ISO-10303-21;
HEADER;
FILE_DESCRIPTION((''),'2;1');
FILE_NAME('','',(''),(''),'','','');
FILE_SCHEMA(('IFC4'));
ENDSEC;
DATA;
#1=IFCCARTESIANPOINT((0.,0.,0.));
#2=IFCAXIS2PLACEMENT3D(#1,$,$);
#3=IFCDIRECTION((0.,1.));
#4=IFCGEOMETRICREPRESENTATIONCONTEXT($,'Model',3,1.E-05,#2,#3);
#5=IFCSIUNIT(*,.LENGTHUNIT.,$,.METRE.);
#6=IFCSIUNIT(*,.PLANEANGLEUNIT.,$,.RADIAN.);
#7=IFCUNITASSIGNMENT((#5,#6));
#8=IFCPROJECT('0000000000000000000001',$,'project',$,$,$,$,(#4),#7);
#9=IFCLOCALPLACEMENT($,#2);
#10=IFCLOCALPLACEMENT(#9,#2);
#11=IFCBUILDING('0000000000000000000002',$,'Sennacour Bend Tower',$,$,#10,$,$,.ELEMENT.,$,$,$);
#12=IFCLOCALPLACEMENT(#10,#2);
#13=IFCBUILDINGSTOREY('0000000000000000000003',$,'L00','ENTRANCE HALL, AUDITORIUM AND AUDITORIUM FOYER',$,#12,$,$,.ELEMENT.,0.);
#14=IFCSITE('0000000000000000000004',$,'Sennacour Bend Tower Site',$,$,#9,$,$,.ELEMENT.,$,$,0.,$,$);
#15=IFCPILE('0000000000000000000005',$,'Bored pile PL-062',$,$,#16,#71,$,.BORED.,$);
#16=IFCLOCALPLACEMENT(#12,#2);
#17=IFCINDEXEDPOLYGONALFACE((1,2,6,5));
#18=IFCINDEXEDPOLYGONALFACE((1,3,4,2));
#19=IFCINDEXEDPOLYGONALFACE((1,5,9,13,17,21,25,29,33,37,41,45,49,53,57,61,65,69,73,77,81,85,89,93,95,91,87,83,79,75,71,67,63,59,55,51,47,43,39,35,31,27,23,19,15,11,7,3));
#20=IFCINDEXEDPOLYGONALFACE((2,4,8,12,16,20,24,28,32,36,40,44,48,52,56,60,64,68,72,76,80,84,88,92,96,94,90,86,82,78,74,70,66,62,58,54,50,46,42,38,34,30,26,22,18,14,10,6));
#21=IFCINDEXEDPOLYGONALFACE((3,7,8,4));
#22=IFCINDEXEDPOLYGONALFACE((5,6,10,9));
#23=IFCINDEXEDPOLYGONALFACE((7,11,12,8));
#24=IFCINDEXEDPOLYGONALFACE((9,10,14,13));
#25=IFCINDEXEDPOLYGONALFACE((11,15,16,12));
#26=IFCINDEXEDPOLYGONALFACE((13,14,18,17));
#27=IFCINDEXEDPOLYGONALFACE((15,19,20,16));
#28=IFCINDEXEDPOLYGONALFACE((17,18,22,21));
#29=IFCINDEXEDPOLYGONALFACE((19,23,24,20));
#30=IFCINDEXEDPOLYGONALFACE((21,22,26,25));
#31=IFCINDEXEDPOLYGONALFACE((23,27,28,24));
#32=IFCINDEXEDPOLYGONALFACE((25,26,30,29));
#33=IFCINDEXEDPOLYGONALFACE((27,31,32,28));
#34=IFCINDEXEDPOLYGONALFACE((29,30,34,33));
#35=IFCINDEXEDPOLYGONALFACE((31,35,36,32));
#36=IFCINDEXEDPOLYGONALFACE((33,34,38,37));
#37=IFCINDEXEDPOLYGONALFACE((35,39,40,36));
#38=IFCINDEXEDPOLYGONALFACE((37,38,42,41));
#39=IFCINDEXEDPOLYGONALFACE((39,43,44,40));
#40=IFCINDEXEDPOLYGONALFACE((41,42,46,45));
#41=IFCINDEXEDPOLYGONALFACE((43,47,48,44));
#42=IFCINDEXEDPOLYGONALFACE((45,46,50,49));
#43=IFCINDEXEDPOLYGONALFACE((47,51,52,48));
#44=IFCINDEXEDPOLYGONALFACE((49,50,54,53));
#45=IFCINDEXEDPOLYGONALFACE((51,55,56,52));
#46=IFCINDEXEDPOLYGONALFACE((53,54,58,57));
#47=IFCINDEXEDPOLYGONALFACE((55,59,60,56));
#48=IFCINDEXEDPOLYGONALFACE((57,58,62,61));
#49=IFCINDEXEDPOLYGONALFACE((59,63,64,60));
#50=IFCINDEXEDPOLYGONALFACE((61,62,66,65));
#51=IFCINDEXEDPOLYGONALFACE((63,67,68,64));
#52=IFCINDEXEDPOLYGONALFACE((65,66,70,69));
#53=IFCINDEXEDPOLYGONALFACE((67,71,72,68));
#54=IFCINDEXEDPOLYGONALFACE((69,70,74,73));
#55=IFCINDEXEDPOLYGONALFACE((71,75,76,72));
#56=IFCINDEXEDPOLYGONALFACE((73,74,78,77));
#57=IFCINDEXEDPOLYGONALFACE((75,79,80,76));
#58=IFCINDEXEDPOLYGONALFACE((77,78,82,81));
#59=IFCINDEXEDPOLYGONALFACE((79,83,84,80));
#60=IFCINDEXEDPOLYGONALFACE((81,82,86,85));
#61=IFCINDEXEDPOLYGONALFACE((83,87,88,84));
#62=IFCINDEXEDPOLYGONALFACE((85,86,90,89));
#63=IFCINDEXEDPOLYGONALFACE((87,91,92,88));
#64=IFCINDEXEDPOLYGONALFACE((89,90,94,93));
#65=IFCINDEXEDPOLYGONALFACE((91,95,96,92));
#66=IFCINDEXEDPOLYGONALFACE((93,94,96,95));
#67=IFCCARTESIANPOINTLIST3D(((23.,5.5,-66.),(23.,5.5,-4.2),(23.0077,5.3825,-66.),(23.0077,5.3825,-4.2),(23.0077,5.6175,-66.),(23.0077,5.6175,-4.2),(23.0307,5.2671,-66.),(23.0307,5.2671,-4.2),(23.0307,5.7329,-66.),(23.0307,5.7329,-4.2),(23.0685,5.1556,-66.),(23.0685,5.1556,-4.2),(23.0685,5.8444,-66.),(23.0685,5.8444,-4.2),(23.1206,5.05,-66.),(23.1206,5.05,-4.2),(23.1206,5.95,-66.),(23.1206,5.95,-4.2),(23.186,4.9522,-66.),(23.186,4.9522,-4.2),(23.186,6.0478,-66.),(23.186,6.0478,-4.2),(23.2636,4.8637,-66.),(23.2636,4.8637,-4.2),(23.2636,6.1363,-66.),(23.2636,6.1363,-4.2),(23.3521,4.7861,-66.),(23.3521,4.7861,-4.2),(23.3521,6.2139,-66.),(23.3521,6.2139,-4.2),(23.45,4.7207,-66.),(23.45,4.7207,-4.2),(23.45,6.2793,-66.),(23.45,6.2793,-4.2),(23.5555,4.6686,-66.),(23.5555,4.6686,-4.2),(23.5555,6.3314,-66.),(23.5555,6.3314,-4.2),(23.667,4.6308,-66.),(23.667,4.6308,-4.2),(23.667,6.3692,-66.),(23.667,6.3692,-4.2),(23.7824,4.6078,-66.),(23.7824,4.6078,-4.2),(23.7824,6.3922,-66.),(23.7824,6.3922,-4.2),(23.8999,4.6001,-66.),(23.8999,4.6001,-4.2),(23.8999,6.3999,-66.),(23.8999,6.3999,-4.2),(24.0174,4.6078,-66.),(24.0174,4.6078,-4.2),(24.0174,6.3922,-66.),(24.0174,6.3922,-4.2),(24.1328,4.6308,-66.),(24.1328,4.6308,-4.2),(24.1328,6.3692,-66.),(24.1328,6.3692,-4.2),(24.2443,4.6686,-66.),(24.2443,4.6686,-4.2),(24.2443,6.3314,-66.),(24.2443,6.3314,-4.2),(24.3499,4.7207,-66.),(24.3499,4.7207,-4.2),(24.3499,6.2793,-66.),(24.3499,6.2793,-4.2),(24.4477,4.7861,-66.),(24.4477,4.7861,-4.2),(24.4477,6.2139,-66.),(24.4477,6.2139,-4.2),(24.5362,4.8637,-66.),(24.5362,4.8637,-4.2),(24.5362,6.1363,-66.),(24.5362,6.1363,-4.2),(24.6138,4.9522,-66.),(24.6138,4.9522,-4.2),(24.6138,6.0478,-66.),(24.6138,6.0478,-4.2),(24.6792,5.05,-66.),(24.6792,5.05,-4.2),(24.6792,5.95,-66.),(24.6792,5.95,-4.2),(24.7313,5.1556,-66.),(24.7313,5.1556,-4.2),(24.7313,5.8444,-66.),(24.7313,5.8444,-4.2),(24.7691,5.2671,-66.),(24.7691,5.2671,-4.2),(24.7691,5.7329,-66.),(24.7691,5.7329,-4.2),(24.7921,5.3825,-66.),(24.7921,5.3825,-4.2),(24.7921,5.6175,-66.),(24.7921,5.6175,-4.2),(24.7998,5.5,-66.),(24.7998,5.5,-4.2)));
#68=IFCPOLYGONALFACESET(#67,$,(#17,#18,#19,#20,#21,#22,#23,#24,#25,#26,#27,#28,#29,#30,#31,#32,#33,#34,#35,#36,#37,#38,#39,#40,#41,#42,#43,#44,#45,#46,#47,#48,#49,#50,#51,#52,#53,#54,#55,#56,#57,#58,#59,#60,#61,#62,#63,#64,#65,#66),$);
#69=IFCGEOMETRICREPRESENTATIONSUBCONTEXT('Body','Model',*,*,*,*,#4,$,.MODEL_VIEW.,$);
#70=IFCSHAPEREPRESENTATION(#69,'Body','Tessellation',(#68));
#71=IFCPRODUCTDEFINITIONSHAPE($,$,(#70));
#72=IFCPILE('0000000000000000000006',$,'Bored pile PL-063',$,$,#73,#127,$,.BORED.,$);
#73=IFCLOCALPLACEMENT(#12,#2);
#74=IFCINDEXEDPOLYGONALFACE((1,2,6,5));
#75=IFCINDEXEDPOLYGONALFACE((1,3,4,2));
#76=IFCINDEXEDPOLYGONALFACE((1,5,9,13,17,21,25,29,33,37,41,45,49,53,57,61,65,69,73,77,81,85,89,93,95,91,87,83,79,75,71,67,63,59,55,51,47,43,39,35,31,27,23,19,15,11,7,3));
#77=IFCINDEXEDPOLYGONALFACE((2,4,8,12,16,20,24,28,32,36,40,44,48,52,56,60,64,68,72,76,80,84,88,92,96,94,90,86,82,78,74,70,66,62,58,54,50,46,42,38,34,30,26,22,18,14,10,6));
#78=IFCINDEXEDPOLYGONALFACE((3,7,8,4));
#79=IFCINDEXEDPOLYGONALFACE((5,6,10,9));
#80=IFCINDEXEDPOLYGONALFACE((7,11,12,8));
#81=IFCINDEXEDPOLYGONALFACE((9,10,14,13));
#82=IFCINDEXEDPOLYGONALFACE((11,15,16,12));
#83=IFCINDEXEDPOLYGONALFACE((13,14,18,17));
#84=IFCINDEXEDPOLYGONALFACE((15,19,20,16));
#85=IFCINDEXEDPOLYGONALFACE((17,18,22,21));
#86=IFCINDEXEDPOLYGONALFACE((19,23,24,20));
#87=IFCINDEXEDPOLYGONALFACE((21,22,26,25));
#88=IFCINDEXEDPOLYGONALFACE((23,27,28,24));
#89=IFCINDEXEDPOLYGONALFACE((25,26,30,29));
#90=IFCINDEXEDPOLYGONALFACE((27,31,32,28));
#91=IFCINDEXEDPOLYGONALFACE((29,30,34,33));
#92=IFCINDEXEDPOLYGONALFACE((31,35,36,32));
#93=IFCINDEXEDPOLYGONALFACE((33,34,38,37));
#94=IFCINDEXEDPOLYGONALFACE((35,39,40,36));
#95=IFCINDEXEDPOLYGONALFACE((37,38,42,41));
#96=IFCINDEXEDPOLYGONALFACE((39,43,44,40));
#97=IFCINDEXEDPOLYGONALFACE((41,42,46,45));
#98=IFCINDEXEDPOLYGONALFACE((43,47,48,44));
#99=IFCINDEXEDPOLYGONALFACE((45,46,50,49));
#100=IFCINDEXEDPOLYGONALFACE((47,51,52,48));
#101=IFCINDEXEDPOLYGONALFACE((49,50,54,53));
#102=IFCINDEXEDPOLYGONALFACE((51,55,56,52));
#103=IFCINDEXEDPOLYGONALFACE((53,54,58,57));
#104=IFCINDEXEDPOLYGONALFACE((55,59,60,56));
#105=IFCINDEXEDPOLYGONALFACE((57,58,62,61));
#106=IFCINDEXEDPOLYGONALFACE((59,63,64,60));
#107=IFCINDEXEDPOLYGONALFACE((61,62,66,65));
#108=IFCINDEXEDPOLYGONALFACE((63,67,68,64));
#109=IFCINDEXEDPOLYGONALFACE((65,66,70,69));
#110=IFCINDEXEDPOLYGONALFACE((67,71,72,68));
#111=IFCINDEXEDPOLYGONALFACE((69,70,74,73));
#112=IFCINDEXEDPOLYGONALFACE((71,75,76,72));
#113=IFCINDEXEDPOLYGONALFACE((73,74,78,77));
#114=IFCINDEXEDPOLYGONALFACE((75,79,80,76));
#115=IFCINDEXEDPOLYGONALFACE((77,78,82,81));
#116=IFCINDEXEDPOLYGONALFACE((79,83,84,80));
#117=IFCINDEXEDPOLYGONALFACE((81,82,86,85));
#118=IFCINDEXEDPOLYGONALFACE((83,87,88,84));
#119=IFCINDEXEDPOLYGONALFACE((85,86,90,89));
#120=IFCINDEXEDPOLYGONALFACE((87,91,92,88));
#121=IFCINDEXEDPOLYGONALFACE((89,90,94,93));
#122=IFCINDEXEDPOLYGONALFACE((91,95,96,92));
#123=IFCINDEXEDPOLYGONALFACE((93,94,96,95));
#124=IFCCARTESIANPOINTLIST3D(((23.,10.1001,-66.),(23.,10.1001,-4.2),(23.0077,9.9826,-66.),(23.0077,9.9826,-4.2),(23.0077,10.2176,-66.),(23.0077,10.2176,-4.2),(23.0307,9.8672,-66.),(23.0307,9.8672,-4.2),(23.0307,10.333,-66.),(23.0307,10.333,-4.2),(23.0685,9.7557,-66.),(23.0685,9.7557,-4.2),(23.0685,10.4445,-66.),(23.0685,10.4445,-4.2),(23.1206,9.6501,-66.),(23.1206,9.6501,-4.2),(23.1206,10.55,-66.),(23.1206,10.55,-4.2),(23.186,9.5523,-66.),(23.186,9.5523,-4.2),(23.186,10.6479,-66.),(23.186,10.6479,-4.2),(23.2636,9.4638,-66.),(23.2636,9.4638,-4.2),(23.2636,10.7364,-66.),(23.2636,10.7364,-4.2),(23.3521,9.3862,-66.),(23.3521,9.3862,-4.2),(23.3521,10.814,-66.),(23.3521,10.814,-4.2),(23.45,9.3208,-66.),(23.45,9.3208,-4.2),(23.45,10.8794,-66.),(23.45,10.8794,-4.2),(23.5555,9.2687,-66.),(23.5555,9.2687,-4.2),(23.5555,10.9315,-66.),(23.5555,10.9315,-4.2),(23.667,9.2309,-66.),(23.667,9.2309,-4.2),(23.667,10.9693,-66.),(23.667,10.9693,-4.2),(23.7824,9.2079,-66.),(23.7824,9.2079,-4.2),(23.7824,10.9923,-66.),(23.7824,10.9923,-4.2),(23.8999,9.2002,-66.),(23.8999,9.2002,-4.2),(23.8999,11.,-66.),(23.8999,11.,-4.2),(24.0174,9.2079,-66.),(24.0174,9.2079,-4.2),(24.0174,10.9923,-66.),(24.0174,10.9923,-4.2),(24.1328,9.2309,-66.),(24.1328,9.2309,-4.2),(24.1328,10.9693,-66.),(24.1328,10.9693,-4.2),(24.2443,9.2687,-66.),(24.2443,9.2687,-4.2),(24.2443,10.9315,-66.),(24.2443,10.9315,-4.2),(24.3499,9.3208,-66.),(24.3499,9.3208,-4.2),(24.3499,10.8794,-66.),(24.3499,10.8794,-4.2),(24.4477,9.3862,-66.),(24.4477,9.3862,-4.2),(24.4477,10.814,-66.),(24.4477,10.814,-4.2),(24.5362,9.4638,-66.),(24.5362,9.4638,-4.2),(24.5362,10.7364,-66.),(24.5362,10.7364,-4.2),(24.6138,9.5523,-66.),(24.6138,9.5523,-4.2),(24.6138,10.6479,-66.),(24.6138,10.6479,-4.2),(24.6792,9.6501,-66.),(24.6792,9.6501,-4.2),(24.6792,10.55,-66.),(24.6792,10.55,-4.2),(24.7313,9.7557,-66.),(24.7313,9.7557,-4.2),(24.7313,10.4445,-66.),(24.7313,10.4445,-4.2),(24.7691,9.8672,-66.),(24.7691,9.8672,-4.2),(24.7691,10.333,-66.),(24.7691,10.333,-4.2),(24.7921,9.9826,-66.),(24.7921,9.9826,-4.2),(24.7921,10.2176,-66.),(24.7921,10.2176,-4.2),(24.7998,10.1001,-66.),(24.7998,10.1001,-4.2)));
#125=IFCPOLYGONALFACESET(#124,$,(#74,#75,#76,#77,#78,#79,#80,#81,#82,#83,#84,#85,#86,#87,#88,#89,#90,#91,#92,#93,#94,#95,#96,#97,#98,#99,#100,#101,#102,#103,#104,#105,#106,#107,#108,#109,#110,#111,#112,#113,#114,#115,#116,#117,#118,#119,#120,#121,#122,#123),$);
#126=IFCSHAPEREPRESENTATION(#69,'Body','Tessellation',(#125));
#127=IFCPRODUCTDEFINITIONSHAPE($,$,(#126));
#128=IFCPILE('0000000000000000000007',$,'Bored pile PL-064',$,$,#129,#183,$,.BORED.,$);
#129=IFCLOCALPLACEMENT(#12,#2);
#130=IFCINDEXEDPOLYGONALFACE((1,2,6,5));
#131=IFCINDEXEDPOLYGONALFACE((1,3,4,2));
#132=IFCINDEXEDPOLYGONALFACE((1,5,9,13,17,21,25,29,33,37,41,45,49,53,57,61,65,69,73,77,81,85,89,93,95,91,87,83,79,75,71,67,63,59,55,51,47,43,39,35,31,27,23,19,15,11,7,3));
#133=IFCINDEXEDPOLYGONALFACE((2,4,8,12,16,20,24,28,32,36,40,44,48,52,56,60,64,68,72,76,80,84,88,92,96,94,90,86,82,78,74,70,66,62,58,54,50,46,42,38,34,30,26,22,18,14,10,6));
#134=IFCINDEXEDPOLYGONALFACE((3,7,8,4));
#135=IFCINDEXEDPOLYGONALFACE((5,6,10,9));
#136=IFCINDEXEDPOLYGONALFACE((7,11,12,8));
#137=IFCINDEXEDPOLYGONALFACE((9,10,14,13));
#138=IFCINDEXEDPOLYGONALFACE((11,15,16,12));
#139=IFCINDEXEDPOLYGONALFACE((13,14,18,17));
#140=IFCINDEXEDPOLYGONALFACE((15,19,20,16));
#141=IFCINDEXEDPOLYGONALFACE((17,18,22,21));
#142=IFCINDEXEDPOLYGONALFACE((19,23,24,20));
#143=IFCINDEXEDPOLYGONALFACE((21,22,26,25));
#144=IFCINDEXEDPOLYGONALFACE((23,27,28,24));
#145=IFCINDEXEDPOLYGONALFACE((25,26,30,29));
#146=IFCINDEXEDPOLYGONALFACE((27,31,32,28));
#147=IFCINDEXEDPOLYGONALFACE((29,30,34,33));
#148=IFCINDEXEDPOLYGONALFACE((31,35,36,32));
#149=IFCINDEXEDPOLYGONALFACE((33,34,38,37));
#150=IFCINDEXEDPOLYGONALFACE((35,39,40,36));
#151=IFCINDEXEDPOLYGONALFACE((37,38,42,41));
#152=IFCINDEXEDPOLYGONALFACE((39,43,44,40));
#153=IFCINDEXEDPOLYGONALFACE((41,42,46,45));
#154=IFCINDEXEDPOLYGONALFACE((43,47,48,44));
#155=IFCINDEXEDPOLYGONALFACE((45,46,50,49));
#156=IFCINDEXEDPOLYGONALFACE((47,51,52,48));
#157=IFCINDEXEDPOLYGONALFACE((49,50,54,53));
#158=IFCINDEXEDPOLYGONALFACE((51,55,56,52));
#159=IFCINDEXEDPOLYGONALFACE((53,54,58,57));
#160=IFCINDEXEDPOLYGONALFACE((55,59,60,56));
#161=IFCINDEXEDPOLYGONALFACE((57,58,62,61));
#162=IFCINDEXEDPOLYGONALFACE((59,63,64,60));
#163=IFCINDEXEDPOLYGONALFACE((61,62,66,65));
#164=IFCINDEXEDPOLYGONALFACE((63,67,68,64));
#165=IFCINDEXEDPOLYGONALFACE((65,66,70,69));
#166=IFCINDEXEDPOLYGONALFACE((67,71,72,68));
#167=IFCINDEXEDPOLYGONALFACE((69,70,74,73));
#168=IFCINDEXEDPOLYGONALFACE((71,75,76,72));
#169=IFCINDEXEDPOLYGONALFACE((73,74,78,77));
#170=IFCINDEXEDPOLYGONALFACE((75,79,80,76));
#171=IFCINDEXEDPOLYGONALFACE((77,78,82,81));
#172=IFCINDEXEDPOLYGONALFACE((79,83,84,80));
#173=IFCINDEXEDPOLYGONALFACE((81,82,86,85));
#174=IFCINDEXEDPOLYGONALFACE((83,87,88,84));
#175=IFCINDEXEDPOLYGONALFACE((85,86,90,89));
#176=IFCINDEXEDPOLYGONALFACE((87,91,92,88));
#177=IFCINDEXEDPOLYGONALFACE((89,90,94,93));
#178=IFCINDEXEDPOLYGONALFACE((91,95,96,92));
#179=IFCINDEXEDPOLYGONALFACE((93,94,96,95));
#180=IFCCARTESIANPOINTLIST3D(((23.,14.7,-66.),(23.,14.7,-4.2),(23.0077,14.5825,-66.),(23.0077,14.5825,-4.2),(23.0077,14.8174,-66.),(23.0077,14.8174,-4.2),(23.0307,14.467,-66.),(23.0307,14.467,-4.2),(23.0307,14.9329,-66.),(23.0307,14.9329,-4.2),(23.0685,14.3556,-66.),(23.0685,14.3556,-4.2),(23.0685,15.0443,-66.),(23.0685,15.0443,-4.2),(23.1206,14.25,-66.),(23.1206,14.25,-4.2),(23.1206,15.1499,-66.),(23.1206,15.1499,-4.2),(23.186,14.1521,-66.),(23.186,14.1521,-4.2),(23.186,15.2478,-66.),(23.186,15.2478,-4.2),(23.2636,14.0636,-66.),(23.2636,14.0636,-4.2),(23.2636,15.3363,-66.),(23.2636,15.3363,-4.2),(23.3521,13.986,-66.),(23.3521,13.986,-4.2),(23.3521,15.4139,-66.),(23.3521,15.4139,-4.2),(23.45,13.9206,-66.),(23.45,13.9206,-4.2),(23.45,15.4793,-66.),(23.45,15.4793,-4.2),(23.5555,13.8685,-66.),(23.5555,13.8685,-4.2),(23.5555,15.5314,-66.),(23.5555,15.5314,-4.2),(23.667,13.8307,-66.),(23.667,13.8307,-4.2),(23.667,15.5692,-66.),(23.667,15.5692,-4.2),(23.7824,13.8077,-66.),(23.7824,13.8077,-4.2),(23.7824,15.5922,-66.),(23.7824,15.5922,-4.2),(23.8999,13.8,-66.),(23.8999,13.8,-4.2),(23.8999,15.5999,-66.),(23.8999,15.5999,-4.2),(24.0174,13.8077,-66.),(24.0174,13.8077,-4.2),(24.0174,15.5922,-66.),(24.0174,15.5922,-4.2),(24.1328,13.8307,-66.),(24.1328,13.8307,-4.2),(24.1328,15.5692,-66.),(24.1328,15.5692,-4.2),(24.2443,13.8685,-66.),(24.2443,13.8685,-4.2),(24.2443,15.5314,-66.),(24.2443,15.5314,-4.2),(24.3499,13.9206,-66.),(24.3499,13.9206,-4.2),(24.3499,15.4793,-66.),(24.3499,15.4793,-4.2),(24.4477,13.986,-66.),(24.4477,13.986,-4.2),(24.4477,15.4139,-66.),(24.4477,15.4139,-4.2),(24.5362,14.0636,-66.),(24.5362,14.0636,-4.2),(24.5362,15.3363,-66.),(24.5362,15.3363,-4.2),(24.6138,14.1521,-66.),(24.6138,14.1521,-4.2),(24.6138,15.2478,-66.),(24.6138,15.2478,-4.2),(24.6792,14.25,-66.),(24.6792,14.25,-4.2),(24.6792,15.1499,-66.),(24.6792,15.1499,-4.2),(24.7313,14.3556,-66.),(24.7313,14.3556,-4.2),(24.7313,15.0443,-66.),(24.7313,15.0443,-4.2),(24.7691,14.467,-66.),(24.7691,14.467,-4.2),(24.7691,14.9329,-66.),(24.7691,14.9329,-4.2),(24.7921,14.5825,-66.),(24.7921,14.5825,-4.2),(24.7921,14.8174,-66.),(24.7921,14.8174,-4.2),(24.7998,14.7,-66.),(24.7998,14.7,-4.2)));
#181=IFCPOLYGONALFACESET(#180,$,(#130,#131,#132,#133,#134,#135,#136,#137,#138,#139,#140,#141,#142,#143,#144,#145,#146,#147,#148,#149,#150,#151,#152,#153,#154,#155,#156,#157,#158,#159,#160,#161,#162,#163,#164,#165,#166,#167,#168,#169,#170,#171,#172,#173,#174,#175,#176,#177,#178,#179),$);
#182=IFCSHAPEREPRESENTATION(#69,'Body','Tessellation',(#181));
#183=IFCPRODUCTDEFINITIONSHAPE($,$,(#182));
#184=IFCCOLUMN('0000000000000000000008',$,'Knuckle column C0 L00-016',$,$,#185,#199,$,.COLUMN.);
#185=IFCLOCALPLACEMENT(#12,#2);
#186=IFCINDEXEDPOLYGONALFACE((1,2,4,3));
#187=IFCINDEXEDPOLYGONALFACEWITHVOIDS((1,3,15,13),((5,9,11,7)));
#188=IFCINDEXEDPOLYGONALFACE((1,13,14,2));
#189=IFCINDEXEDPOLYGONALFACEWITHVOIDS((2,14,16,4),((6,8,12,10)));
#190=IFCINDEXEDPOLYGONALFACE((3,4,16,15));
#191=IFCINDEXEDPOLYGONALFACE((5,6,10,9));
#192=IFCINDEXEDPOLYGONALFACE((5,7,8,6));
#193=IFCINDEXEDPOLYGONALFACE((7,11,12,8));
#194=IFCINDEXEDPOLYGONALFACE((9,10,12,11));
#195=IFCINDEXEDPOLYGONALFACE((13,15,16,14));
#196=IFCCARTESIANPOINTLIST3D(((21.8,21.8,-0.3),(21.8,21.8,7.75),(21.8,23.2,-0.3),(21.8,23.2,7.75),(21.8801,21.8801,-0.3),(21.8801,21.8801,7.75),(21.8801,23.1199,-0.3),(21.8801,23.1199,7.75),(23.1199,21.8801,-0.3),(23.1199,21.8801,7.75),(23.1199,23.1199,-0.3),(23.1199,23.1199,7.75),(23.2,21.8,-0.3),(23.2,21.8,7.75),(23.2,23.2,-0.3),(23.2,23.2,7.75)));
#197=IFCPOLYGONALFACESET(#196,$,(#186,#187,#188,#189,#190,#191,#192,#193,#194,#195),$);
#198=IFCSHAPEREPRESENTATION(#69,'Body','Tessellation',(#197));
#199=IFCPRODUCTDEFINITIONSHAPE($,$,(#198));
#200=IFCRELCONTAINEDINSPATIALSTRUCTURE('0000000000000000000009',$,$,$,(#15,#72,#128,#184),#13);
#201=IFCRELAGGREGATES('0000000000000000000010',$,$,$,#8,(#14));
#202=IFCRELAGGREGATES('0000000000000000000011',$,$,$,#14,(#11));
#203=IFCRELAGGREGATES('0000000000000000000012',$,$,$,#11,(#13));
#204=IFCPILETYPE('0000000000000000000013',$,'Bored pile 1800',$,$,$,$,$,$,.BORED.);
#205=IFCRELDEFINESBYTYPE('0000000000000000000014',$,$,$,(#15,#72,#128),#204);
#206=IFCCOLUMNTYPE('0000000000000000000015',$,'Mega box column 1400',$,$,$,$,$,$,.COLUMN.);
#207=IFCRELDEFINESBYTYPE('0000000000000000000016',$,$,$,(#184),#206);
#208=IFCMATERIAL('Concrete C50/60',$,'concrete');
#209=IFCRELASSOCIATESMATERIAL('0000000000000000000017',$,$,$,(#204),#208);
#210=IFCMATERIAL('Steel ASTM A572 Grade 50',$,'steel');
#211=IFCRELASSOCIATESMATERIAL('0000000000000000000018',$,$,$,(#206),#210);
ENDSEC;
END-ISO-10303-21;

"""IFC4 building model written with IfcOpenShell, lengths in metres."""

from ifc_helpers import new_model, si_unit, direction, frame, origin, origin_2d, place, context, subcontext, project, spatial, hollow_rectangle, circle, extrude, material, material_profile, profile_set, type_object, element, save


model = new_model("IFC4")

# Units and contexts
model_context = context("Model", 3, precision=1e-05, world=origin(), true_north=direction((0.0, 1.0)))
body_context = subcontext(model_context, "Body", "Model", "MODEL_VIEW")
ifc_project = project(units=[si_unit("LENGTHUNIT", "METRE"), si_unit("PLANEANGLEUNIT", "RADIAN")], contexts=[model_context])

# Site, building, storey
site_placement = place(None, origin())
site = spatial("IfcSite", under=ifc_project, at=site_placement, Name="Sennacour Bend Tower Site", CompositionType="ELEMENT", RefElevation=0.0)
building_placement = place(site_placement, origin())
building = spatial("IfcBuilding", under=site, at=building_placement, Name="Sennacour Bend Tower", CompositionType="ELEMENT")
storey_placement = place(building_placement, origin())
storey = spatial("IfcBuildingStorey", under=building, at=storey_placement, Name="L00", Description="ENTRANCE HALL, AUDITORIUM AND AUDITORIUM FOYER", CompositionType="ELEMENT", Elevation=0.0)

# Piles
ifc_material_1 = material(Name="Concrete C50/60", Category="concrete")
ifc_material_profile_1 = material_profile(ifc_material_1, circle(Radius=0.8999, at=origin_2d()), Name="Concrete C50/60", Category="concrete")
ifc_profile_set_1 = profile_set([ifc_material_profile_1], Name="Concrete C50/60")
pile_type = type_object("IfcPileType", Name="Bored pile 1800", PredefinedType="BORED", material=ifc_profile_set_1)
for number, where, z_axis, x_axis, name in (
    (1, (23.8999, 5.5, -4.2), (0.0, 0.0, -1.0), (1.0, 0.0, 0.0), "Bored pile PL-062"),
    (2, (23.8999, 10.1001, -4.2), (0.0, 0.0, -1.0), (1.0, 0.0, 0.0), "Bored pile PL-063"),
    (3, (23.8999, 14.7, -4.2), (0.0, 0.0, -1.0), (1.0, 0.0, 0.0), "Bored pile PL-064"),
):
    element("IfcPile", number, at=place(storey_placement, frame(where, z_axis=z_axis, x_axis=x_axis)), inside=storey, type_object=pile_type, Name=name, PredefinedType="BORED", context=body_context, shape_type="SweptSolid", body=[
        extrude(circle(Radius=0.8999, at=origin_2d()), origin(), (0.0, 0.0, 1.0), 61.8),
    ])

# Column
ifc_material_2 = material(Name="Steel ASTM A572 Grade 50", Category="steel")
ifc_material_profile_2 = material_profile(ifc_material_2, hollow_rectangle(XDim=1.3999, YDim=1.3999, WallThickness=0.0801, at=origin_2d()), Name="Steel ASTM A572 Grade 50", Category="steel")
ifc_profile_set_2 = profile_set([ifc_material_profile_2], Name="Steel ASTM A572 Grade 50")
column_type = type_object("IfcColumnType", Name="Mega box column 1400", PredefinedType="COLUMN", material=ifc_profile_set_2)
column_placement = place(storey_placement, frame((22.5, 22.5, -0.3), z_axis=(0.0, 0.0, 1.0), x_axis=(1.0, 0.0, 0.0)))
element("IfcColumn", 4, at=column_placement, inside=storey, type_object=column_type, Name="Knuckle column C0 L00-016", PredefinedType="COLUMN", context=body_context, shape_type="SweptSolid", body=[
    extrude(hollow_rectangle(XDim=1.3999, YDim=1.3999, WallThickness=0.0801, at=origin_2d()), origin(), (0.0, 0.0, 1.0), 8.05),
])

save(model, "model.ifc")
